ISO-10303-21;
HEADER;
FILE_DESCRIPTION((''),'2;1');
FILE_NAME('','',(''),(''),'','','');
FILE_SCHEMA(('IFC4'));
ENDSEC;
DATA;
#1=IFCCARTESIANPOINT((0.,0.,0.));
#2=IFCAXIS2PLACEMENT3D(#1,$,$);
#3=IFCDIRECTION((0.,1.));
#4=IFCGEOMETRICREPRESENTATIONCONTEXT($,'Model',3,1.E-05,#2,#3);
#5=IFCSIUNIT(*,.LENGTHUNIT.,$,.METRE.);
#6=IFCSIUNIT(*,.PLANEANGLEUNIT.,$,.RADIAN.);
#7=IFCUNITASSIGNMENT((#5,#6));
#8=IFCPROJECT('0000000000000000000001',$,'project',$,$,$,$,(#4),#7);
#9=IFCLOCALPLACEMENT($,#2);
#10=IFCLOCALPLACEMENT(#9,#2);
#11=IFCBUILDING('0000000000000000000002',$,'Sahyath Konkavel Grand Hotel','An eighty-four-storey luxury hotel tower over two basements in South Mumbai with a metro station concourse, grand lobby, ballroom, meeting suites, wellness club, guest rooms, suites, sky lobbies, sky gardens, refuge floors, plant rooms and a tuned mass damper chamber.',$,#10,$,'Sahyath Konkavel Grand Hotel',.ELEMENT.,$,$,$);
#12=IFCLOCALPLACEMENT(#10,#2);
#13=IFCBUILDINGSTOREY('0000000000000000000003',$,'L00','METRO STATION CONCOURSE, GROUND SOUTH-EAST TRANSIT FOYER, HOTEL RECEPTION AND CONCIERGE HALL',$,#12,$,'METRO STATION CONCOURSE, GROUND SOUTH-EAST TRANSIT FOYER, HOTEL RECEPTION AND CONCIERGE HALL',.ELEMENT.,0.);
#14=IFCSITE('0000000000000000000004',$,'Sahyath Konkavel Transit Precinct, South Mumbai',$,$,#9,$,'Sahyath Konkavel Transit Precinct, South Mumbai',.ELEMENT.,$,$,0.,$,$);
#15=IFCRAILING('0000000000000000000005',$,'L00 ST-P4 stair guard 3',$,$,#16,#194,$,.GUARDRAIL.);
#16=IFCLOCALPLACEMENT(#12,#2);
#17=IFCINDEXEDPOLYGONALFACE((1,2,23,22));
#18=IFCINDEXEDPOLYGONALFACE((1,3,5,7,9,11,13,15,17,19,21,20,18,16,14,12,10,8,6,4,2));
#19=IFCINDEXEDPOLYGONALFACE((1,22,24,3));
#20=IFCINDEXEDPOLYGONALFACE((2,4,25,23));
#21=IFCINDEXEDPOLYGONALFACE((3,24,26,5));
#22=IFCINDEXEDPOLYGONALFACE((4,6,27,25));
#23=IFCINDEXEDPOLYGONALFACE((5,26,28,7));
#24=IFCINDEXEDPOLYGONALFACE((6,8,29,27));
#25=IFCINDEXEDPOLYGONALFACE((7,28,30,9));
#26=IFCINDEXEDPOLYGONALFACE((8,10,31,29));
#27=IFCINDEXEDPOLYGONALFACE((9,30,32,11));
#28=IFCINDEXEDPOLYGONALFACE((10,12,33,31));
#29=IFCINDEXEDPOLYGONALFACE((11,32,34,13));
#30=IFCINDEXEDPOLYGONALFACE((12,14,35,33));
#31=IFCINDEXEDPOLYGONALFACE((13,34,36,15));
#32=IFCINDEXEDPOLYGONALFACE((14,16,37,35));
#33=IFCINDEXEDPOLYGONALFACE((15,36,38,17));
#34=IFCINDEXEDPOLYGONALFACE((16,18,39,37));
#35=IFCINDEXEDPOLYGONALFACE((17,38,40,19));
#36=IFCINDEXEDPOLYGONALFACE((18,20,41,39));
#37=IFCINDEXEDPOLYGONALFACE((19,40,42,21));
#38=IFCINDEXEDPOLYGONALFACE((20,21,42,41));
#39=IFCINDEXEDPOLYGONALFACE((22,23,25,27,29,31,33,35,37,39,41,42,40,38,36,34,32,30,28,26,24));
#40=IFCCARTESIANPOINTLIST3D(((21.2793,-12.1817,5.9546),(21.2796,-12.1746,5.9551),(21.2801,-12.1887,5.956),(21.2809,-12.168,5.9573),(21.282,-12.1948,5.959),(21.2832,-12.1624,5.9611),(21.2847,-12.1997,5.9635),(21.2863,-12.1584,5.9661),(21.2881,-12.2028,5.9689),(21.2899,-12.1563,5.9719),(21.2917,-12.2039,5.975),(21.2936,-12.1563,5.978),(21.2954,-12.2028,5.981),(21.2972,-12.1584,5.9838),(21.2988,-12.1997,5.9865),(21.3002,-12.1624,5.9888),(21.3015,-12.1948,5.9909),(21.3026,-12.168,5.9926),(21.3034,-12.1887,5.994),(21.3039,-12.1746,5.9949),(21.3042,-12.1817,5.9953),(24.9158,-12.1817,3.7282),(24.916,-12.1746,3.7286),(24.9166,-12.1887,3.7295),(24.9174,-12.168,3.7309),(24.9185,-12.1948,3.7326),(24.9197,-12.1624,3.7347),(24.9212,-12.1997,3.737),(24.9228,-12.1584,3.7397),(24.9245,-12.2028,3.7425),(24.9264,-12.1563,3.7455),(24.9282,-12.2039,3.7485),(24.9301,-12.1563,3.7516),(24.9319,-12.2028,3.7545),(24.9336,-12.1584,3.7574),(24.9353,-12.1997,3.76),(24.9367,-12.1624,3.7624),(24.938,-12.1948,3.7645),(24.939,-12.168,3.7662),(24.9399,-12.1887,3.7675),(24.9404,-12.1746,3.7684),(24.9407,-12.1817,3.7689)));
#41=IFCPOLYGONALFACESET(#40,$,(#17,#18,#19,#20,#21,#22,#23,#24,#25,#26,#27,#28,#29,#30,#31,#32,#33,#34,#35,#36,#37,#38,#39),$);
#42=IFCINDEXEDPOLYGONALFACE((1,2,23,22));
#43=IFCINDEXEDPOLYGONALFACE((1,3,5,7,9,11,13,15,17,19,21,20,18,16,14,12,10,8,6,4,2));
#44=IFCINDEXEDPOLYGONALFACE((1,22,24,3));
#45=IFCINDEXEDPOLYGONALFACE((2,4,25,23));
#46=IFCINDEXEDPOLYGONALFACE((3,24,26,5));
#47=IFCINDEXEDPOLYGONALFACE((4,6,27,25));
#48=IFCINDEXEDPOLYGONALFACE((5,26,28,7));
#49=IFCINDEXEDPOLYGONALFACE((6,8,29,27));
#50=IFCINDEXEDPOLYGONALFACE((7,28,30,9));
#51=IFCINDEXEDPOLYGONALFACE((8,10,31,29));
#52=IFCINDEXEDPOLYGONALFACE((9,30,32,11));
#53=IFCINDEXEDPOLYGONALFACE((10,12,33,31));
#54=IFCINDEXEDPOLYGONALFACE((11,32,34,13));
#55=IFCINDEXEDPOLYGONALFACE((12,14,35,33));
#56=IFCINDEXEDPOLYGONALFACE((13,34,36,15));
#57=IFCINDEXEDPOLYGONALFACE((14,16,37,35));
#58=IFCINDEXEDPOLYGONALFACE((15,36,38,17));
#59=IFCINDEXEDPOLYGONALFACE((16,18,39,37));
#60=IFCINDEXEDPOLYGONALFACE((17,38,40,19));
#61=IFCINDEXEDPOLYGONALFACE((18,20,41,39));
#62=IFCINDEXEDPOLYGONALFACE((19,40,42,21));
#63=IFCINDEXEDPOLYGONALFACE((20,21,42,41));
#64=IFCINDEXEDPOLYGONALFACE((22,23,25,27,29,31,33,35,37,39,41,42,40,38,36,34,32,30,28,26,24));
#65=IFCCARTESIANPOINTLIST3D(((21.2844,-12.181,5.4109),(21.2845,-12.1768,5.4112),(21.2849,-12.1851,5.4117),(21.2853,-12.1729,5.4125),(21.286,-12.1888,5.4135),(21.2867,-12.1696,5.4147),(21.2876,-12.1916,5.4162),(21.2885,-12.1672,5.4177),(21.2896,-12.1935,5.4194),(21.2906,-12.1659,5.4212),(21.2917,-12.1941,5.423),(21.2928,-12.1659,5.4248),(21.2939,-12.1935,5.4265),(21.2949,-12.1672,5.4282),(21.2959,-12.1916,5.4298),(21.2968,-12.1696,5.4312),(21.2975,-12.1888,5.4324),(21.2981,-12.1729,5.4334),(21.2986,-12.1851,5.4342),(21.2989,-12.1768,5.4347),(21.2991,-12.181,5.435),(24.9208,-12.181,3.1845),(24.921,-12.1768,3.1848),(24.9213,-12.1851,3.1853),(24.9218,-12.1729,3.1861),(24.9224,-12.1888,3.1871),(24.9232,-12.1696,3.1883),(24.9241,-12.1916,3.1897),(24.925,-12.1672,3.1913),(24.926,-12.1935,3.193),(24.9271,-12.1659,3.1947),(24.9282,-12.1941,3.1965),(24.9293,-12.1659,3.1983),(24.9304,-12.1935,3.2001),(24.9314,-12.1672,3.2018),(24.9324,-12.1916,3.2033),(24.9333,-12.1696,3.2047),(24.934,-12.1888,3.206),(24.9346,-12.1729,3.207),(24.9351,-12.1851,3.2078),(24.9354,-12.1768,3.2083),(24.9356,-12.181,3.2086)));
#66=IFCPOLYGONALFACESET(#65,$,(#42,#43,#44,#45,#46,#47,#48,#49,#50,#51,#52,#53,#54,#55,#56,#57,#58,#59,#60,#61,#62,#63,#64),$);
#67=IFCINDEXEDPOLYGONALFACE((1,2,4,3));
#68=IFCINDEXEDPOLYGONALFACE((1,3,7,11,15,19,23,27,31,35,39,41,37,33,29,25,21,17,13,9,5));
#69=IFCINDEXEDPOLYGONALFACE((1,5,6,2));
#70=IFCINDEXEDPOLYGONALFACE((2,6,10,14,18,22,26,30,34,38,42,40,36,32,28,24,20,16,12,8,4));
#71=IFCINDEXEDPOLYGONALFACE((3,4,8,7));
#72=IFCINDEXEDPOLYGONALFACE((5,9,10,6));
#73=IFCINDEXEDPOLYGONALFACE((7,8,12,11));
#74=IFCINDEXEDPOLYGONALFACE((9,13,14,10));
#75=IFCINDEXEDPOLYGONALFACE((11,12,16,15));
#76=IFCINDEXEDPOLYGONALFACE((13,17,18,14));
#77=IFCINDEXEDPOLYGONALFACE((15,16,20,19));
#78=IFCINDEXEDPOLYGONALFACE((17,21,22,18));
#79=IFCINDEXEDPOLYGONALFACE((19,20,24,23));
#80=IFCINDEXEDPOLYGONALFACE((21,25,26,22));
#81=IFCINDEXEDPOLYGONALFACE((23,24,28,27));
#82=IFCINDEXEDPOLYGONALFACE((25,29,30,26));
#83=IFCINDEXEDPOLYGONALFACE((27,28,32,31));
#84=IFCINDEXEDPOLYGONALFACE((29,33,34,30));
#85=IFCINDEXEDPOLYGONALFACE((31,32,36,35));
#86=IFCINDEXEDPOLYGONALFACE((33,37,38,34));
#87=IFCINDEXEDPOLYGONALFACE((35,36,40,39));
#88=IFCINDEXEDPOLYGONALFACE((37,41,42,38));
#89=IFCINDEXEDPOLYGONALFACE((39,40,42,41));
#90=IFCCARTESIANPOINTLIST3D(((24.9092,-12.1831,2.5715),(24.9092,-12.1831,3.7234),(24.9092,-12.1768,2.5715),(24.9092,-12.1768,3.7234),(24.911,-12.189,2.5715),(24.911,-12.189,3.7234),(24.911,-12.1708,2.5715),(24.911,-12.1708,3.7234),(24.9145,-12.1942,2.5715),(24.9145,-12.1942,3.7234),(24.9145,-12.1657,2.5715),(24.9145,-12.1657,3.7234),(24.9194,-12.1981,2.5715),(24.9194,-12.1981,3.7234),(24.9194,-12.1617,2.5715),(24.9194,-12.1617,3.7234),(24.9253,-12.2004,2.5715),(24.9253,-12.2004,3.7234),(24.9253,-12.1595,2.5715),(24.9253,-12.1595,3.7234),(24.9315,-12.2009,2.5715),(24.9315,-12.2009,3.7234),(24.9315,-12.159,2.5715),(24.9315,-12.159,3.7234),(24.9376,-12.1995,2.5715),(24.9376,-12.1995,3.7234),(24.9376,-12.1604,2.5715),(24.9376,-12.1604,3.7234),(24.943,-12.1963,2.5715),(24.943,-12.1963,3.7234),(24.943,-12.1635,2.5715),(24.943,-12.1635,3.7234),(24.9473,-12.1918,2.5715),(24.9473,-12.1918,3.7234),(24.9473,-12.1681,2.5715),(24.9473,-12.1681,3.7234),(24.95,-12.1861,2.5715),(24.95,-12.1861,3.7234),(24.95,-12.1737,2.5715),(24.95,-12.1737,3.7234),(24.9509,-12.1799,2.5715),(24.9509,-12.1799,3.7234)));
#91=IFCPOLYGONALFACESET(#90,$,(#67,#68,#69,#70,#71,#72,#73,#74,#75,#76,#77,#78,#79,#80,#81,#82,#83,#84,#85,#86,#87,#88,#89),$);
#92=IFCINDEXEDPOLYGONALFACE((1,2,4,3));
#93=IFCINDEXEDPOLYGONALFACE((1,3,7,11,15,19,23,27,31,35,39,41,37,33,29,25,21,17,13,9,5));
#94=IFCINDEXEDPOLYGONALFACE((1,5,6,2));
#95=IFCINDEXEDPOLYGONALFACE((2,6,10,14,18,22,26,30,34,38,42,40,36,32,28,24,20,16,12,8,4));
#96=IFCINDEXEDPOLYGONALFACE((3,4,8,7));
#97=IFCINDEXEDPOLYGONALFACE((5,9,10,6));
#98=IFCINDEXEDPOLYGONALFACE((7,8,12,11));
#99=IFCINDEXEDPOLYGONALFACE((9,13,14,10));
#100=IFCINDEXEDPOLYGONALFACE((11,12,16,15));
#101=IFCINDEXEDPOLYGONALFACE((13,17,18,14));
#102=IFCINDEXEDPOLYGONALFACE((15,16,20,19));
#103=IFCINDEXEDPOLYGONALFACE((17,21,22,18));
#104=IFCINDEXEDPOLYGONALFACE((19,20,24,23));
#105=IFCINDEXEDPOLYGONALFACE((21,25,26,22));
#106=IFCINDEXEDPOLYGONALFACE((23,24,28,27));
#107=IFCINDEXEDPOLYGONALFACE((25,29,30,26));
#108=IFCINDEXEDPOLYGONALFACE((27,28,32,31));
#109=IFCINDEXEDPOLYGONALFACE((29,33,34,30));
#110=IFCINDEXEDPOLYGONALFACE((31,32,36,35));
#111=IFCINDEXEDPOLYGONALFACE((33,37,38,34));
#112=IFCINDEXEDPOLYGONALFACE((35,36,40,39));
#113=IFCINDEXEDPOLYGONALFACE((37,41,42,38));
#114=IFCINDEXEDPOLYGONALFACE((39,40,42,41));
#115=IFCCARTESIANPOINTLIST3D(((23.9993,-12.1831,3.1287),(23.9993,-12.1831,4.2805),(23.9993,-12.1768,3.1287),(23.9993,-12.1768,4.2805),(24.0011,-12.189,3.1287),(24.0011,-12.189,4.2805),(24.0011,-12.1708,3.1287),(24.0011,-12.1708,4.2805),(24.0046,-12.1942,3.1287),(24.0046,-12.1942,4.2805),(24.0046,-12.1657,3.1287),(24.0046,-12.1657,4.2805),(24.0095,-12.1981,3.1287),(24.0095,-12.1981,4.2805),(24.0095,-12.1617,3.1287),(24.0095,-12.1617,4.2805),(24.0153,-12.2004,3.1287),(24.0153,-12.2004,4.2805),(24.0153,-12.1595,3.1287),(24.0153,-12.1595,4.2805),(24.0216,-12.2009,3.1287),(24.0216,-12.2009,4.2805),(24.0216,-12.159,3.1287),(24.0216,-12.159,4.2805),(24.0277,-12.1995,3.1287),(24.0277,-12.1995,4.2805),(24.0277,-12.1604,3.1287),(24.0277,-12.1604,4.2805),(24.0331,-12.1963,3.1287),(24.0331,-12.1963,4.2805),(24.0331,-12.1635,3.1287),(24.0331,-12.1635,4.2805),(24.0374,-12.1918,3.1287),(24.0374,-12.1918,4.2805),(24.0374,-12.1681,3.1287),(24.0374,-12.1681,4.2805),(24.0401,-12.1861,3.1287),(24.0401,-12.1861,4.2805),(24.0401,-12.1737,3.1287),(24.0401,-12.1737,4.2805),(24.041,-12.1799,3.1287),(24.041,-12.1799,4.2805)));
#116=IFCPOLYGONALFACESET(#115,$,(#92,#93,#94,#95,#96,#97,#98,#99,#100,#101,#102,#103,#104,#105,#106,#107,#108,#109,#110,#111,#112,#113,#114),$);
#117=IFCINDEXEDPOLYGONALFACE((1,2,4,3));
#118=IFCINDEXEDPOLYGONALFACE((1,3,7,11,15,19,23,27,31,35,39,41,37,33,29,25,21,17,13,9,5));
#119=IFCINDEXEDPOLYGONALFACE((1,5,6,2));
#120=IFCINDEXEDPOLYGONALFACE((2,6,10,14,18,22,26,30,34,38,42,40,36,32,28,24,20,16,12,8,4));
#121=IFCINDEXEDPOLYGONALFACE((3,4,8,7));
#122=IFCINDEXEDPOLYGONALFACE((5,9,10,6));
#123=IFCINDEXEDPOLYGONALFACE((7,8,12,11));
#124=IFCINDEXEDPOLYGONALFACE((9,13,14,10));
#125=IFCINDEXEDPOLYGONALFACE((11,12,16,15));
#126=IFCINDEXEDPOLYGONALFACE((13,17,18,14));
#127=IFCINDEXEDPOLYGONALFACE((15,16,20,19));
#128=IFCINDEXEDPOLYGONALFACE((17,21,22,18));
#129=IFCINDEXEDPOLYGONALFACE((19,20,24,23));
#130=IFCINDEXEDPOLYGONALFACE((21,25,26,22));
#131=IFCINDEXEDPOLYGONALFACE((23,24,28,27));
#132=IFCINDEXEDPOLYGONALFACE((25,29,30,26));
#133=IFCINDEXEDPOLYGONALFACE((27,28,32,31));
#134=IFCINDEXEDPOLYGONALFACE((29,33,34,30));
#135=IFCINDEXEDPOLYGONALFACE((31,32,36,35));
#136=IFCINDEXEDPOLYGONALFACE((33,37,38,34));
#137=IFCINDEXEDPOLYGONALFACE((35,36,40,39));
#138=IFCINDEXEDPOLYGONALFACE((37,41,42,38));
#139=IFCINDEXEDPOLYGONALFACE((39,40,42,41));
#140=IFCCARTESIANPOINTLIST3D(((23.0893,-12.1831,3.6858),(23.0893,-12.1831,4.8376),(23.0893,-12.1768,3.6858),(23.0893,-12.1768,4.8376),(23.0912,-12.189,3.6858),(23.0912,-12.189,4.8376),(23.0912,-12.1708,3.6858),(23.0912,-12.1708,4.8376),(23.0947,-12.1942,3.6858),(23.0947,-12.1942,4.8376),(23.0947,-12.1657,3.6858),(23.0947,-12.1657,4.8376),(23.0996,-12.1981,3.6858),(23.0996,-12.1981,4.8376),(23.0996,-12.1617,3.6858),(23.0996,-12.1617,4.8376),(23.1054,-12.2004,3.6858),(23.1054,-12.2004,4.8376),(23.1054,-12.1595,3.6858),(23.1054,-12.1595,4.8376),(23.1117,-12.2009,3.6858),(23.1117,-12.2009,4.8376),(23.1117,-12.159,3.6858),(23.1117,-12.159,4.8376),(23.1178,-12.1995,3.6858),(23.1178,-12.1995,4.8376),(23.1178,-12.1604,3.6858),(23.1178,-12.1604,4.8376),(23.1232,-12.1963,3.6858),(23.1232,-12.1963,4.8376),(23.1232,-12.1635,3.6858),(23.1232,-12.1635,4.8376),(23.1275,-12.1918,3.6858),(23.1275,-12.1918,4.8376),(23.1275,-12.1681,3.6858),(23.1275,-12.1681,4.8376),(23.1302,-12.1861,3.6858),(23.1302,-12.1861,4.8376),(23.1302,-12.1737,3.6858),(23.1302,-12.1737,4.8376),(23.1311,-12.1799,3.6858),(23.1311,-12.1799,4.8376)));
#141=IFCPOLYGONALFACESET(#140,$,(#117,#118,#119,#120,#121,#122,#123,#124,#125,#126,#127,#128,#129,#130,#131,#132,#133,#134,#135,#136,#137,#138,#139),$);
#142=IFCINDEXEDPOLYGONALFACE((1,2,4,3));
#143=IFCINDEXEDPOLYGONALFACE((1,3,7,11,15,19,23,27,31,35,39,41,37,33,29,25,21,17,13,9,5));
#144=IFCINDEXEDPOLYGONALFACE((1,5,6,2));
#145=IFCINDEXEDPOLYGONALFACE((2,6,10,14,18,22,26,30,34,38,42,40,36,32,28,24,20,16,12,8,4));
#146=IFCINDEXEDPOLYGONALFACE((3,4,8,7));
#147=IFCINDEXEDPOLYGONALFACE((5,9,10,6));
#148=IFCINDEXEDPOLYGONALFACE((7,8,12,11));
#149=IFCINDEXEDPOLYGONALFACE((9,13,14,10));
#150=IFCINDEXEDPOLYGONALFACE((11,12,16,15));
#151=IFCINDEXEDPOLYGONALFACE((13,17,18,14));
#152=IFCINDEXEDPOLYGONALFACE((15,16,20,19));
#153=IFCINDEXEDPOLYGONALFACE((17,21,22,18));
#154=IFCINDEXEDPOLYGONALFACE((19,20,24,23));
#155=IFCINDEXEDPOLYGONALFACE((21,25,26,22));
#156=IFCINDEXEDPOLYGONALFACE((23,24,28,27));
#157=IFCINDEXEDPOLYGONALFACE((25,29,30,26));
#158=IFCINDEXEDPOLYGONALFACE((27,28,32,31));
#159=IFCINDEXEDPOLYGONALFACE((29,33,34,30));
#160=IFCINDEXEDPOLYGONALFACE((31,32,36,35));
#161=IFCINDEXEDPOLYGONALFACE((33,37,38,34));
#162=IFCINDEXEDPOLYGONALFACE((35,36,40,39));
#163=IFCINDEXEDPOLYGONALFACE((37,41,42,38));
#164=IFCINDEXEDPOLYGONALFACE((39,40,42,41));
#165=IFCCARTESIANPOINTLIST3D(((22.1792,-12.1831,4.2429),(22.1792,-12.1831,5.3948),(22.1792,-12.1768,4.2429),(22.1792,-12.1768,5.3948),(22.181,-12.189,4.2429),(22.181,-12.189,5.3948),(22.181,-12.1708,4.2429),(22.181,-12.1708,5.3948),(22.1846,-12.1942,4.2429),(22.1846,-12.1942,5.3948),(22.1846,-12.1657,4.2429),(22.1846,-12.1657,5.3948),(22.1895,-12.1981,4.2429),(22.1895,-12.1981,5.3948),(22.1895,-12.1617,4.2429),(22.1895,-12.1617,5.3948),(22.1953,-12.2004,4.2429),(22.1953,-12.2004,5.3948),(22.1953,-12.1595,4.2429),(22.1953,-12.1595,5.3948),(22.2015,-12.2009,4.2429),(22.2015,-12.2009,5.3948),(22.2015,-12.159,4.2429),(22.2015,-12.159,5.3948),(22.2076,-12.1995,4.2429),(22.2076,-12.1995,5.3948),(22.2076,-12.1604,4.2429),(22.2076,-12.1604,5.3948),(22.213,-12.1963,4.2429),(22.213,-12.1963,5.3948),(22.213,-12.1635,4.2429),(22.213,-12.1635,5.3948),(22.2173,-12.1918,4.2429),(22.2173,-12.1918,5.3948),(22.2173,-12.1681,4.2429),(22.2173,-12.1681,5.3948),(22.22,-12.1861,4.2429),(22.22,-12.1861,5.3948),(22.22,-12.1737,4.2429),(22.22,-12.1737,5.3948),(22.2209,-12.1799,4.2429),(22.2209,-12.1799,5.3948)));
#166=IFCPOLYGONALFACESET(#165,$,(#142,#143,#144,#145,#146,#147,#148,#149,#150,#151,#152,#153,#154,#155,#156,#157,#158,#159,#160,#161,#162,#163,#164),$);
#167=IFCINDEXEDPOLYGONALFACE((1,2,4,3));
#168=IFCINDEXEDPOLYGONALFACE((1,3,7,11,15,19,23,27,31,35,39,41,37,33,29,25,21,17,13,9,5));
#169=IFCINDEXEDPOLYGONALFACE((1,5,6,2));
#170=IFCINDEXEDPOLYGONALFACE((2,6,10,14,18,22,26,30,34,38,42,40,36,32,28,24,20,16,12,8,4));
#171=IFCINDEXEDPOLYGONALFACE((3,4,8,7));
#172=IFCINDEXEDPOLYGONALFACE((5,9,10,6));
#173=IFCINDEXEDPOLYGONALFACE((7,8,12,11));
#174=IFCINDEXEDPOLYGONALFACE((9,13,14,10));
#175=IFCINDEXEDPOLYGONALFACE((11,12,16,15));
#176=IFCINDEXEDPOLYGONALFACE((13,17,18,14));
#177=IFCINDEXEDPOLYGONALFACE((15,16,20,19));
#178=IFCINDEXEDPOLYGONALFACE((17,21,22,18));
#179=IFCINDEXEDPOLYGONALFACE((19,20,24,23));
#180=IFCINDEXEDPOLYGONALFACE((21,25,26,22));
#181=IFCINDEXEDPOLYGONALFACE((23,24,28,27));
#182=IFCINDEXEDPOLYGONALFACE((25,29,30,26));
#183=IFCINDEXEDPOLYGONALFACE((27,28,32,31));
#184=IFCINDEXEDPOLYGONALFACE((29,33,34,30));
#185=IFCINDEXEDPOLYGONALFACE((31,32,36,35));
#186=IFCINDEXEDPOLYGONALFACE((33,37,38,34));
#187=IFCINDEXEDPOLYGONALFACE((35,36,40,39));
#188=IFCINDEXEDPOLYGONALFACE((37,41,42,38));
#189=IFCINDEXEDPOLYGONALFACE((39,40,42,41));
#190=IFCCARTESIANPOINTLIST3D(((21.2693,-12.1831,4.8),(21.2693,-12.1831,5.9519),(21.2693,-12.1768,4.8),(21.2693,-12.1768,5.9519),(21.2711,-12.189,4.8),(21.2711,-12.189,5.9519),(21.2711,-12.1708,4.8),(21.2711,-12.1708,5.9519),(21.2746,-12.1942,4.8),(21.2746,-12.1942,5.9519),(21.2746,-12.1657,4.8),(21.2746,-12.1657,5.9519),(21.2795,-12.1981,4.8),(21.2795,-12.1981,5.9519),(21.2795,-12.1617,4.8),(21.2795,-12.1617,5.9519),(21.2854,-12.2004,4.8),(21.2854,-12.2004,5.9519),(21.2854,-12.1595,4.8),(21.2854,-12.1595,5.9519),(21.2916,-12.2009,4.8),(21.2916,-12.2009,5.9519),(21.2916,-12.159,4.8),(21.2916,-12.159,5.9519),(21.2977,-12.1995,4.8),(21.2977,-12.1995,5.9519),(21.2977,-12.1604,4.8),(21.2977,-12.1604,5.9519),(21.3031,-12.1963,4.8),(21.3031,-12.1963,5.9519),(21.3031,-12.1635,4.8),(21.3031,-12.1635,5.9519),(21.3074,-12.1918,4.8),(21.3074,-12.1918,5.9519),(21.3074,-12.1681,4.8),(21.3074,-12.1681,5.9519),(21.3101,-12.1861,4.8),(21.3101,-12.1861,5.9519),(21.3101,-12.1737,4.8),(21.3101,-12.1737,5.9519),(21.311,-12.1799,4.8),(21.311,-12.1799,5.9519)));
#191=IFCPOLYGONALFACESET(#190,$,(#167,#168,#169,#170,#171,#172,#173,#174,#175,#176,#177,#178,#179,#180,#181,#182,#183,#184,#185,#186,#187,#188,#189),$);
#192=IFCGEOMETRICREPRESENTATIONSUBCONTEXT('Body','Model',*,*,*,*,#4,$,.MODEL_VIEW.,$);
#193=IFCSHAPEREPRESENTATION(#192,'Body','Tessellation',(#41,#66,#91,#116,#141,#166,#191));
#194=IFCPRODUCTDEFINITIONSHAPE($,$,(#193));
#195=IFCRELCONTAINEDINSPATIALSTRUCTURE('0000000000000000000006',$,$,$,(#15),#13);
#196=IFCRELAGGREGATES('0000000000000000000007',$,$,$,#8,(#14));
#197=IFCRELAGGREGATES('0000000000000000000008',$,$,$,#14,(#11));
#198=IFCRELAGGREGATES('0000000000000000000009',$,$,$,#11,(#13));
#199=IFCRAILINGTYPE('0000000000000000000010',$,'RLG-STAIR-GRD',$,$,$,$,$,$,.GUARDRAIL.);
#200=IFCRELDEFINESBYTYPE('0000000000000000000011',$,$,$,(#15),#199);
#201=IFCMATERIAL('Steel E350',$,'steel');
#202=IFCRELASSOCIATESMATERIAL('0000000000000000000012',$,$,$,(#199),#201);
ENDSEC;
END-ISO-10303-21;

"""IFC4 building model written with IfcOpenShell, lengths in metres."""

from ifc_helpers import new_model, si_unit, direction, frame, origin, origin_2d, place, context, subcontext, project, spatial, circle, extrude, material, type_object, element, save


model = new_model("IFC4")

# Units and contexts
model_context = context("Model", 3, precision=1e-05, world=origin(), true_north=direction((0.0, 1.0)))
body_context = subcontext(model_context, "Body", "Model", "MODEL_VIEW")
ifc_project = project(units=[si_unit("LENGTHUNIT", "METRE"), si_unit("PLANEANGLEUNIT", "RADIAN")], contexts=[model_context])

# Site, building, storey
site_placement = place(None, origin())
site = spatial("IfcSite", under=ifc_project, at=site_placement, Name="Sahyath Konkavel Transit Precinct, South Mumbai", LongName="Sahyath Konkavel Transit Precinct, South Mumbai", CompositionType="ELEMENT", RefElevation=0.0)
building_placement = place(site_placement, origin())
building = spatial("IfcBuilding", under=site, at=building_placement, Name="Sahyath Konkavel Grand Hotel", Description="An eighty-four-storey luxury hotel tower over two basements in South Mumbai with a metro station concourse, grand lobby, ballroom, meeting suites, wellness club, guest rooms, suites, sky lobbies, sky gardens, refuge floors, plant rooms and a tuned mass damper chamber.", LongName="Sahyath Konkavel Grand Hotel", CompositionType="ELEMENT")
storey_placement = place(building_placement, origin())
storey = spatial("IfcBuildingStorey", under=building, at=storey_placement, Name="L00", Description="METRO STATION CONCOURSE, GROUND SOUTH-EAST TRANSIT FOYER, HOTEL RECEPTION AND CONCIERGE HALL", LongName="METRO STATION CONCOURSE, GROUND SOUTH-EAST TRANSIT FOYER, HOTEL RECEPTION AND CONCIERGE HALL", CompositionType="ELEMENT", Elevation=0.0)

# Shared definitions
ifc_material_1 = material(Name="Steel E350", Category="steel")

# Railing
railing_type_1 = type_object("IfcRailingType", Name="RLG-STAIR-GRD", PredefinedType="GUARDRAIL", material=ifc_material_1)
railing_1_placement = place(storey_placement, frame((24.9299, -12.1799, 2.5715)))
element("IfcRailing", 1, at=railing_1_placement, inside=storey, type_object=railing_type_1, Name="L00 ST-P4 stair guard 3", PredefinedType="GUARDRAIL", context=body_context, shape_type="SweptSolid", body=[
    extrude(circle(Radius=0.0239, at=origin_2d()), frame((-0.0017, 0.0, 1.177), z_axis=(-0.85285, 0.0, 0.522156), x_axis=(0.0, -1.0, 0.0)), (0.0, 0.0, 1.0), 4.2639),
    extrude(circle(Radius=0.0142, at=origin_2d()), frame((-0.0017, 0.0, 0.625), z_axis=(-0.85285, 0.0, 0.522156), x_axis=(0.0, -1.0, 0.0)), (0.0, 0.0, 1.0), 4.2639),
    extrude(circle(Radius=0.021, at=origin_2d()), origin(), (0.0, 0.0, 1.0), 1.1519),
    extrude(circle(Radius=0.021, at=origin_2d()), frame((-0.9099, 0.0, 0.5571)), (0.0, 0.0, 1.0), 1.1519),
    extrude(circle(Radius=0.021, at=origin_2d()), frame((-1.8198, 0.0, 1.1143)), (0.0, 0.0, 1.0), 1.1519),
    extrude(circle(Radius=0.021, at=origin_2d()), frame((-2.73, 0.0, 1.6714)), (0.0, 0.0, 1.0), 1.1519),
    extrude(circle(Radius=0.021, at=origin_2d()), frame((-3.6399, 0.0, 2.2285)), (0.0, 0.0, 1.0), 1.1519),
])

save(model, "model.ifc")
